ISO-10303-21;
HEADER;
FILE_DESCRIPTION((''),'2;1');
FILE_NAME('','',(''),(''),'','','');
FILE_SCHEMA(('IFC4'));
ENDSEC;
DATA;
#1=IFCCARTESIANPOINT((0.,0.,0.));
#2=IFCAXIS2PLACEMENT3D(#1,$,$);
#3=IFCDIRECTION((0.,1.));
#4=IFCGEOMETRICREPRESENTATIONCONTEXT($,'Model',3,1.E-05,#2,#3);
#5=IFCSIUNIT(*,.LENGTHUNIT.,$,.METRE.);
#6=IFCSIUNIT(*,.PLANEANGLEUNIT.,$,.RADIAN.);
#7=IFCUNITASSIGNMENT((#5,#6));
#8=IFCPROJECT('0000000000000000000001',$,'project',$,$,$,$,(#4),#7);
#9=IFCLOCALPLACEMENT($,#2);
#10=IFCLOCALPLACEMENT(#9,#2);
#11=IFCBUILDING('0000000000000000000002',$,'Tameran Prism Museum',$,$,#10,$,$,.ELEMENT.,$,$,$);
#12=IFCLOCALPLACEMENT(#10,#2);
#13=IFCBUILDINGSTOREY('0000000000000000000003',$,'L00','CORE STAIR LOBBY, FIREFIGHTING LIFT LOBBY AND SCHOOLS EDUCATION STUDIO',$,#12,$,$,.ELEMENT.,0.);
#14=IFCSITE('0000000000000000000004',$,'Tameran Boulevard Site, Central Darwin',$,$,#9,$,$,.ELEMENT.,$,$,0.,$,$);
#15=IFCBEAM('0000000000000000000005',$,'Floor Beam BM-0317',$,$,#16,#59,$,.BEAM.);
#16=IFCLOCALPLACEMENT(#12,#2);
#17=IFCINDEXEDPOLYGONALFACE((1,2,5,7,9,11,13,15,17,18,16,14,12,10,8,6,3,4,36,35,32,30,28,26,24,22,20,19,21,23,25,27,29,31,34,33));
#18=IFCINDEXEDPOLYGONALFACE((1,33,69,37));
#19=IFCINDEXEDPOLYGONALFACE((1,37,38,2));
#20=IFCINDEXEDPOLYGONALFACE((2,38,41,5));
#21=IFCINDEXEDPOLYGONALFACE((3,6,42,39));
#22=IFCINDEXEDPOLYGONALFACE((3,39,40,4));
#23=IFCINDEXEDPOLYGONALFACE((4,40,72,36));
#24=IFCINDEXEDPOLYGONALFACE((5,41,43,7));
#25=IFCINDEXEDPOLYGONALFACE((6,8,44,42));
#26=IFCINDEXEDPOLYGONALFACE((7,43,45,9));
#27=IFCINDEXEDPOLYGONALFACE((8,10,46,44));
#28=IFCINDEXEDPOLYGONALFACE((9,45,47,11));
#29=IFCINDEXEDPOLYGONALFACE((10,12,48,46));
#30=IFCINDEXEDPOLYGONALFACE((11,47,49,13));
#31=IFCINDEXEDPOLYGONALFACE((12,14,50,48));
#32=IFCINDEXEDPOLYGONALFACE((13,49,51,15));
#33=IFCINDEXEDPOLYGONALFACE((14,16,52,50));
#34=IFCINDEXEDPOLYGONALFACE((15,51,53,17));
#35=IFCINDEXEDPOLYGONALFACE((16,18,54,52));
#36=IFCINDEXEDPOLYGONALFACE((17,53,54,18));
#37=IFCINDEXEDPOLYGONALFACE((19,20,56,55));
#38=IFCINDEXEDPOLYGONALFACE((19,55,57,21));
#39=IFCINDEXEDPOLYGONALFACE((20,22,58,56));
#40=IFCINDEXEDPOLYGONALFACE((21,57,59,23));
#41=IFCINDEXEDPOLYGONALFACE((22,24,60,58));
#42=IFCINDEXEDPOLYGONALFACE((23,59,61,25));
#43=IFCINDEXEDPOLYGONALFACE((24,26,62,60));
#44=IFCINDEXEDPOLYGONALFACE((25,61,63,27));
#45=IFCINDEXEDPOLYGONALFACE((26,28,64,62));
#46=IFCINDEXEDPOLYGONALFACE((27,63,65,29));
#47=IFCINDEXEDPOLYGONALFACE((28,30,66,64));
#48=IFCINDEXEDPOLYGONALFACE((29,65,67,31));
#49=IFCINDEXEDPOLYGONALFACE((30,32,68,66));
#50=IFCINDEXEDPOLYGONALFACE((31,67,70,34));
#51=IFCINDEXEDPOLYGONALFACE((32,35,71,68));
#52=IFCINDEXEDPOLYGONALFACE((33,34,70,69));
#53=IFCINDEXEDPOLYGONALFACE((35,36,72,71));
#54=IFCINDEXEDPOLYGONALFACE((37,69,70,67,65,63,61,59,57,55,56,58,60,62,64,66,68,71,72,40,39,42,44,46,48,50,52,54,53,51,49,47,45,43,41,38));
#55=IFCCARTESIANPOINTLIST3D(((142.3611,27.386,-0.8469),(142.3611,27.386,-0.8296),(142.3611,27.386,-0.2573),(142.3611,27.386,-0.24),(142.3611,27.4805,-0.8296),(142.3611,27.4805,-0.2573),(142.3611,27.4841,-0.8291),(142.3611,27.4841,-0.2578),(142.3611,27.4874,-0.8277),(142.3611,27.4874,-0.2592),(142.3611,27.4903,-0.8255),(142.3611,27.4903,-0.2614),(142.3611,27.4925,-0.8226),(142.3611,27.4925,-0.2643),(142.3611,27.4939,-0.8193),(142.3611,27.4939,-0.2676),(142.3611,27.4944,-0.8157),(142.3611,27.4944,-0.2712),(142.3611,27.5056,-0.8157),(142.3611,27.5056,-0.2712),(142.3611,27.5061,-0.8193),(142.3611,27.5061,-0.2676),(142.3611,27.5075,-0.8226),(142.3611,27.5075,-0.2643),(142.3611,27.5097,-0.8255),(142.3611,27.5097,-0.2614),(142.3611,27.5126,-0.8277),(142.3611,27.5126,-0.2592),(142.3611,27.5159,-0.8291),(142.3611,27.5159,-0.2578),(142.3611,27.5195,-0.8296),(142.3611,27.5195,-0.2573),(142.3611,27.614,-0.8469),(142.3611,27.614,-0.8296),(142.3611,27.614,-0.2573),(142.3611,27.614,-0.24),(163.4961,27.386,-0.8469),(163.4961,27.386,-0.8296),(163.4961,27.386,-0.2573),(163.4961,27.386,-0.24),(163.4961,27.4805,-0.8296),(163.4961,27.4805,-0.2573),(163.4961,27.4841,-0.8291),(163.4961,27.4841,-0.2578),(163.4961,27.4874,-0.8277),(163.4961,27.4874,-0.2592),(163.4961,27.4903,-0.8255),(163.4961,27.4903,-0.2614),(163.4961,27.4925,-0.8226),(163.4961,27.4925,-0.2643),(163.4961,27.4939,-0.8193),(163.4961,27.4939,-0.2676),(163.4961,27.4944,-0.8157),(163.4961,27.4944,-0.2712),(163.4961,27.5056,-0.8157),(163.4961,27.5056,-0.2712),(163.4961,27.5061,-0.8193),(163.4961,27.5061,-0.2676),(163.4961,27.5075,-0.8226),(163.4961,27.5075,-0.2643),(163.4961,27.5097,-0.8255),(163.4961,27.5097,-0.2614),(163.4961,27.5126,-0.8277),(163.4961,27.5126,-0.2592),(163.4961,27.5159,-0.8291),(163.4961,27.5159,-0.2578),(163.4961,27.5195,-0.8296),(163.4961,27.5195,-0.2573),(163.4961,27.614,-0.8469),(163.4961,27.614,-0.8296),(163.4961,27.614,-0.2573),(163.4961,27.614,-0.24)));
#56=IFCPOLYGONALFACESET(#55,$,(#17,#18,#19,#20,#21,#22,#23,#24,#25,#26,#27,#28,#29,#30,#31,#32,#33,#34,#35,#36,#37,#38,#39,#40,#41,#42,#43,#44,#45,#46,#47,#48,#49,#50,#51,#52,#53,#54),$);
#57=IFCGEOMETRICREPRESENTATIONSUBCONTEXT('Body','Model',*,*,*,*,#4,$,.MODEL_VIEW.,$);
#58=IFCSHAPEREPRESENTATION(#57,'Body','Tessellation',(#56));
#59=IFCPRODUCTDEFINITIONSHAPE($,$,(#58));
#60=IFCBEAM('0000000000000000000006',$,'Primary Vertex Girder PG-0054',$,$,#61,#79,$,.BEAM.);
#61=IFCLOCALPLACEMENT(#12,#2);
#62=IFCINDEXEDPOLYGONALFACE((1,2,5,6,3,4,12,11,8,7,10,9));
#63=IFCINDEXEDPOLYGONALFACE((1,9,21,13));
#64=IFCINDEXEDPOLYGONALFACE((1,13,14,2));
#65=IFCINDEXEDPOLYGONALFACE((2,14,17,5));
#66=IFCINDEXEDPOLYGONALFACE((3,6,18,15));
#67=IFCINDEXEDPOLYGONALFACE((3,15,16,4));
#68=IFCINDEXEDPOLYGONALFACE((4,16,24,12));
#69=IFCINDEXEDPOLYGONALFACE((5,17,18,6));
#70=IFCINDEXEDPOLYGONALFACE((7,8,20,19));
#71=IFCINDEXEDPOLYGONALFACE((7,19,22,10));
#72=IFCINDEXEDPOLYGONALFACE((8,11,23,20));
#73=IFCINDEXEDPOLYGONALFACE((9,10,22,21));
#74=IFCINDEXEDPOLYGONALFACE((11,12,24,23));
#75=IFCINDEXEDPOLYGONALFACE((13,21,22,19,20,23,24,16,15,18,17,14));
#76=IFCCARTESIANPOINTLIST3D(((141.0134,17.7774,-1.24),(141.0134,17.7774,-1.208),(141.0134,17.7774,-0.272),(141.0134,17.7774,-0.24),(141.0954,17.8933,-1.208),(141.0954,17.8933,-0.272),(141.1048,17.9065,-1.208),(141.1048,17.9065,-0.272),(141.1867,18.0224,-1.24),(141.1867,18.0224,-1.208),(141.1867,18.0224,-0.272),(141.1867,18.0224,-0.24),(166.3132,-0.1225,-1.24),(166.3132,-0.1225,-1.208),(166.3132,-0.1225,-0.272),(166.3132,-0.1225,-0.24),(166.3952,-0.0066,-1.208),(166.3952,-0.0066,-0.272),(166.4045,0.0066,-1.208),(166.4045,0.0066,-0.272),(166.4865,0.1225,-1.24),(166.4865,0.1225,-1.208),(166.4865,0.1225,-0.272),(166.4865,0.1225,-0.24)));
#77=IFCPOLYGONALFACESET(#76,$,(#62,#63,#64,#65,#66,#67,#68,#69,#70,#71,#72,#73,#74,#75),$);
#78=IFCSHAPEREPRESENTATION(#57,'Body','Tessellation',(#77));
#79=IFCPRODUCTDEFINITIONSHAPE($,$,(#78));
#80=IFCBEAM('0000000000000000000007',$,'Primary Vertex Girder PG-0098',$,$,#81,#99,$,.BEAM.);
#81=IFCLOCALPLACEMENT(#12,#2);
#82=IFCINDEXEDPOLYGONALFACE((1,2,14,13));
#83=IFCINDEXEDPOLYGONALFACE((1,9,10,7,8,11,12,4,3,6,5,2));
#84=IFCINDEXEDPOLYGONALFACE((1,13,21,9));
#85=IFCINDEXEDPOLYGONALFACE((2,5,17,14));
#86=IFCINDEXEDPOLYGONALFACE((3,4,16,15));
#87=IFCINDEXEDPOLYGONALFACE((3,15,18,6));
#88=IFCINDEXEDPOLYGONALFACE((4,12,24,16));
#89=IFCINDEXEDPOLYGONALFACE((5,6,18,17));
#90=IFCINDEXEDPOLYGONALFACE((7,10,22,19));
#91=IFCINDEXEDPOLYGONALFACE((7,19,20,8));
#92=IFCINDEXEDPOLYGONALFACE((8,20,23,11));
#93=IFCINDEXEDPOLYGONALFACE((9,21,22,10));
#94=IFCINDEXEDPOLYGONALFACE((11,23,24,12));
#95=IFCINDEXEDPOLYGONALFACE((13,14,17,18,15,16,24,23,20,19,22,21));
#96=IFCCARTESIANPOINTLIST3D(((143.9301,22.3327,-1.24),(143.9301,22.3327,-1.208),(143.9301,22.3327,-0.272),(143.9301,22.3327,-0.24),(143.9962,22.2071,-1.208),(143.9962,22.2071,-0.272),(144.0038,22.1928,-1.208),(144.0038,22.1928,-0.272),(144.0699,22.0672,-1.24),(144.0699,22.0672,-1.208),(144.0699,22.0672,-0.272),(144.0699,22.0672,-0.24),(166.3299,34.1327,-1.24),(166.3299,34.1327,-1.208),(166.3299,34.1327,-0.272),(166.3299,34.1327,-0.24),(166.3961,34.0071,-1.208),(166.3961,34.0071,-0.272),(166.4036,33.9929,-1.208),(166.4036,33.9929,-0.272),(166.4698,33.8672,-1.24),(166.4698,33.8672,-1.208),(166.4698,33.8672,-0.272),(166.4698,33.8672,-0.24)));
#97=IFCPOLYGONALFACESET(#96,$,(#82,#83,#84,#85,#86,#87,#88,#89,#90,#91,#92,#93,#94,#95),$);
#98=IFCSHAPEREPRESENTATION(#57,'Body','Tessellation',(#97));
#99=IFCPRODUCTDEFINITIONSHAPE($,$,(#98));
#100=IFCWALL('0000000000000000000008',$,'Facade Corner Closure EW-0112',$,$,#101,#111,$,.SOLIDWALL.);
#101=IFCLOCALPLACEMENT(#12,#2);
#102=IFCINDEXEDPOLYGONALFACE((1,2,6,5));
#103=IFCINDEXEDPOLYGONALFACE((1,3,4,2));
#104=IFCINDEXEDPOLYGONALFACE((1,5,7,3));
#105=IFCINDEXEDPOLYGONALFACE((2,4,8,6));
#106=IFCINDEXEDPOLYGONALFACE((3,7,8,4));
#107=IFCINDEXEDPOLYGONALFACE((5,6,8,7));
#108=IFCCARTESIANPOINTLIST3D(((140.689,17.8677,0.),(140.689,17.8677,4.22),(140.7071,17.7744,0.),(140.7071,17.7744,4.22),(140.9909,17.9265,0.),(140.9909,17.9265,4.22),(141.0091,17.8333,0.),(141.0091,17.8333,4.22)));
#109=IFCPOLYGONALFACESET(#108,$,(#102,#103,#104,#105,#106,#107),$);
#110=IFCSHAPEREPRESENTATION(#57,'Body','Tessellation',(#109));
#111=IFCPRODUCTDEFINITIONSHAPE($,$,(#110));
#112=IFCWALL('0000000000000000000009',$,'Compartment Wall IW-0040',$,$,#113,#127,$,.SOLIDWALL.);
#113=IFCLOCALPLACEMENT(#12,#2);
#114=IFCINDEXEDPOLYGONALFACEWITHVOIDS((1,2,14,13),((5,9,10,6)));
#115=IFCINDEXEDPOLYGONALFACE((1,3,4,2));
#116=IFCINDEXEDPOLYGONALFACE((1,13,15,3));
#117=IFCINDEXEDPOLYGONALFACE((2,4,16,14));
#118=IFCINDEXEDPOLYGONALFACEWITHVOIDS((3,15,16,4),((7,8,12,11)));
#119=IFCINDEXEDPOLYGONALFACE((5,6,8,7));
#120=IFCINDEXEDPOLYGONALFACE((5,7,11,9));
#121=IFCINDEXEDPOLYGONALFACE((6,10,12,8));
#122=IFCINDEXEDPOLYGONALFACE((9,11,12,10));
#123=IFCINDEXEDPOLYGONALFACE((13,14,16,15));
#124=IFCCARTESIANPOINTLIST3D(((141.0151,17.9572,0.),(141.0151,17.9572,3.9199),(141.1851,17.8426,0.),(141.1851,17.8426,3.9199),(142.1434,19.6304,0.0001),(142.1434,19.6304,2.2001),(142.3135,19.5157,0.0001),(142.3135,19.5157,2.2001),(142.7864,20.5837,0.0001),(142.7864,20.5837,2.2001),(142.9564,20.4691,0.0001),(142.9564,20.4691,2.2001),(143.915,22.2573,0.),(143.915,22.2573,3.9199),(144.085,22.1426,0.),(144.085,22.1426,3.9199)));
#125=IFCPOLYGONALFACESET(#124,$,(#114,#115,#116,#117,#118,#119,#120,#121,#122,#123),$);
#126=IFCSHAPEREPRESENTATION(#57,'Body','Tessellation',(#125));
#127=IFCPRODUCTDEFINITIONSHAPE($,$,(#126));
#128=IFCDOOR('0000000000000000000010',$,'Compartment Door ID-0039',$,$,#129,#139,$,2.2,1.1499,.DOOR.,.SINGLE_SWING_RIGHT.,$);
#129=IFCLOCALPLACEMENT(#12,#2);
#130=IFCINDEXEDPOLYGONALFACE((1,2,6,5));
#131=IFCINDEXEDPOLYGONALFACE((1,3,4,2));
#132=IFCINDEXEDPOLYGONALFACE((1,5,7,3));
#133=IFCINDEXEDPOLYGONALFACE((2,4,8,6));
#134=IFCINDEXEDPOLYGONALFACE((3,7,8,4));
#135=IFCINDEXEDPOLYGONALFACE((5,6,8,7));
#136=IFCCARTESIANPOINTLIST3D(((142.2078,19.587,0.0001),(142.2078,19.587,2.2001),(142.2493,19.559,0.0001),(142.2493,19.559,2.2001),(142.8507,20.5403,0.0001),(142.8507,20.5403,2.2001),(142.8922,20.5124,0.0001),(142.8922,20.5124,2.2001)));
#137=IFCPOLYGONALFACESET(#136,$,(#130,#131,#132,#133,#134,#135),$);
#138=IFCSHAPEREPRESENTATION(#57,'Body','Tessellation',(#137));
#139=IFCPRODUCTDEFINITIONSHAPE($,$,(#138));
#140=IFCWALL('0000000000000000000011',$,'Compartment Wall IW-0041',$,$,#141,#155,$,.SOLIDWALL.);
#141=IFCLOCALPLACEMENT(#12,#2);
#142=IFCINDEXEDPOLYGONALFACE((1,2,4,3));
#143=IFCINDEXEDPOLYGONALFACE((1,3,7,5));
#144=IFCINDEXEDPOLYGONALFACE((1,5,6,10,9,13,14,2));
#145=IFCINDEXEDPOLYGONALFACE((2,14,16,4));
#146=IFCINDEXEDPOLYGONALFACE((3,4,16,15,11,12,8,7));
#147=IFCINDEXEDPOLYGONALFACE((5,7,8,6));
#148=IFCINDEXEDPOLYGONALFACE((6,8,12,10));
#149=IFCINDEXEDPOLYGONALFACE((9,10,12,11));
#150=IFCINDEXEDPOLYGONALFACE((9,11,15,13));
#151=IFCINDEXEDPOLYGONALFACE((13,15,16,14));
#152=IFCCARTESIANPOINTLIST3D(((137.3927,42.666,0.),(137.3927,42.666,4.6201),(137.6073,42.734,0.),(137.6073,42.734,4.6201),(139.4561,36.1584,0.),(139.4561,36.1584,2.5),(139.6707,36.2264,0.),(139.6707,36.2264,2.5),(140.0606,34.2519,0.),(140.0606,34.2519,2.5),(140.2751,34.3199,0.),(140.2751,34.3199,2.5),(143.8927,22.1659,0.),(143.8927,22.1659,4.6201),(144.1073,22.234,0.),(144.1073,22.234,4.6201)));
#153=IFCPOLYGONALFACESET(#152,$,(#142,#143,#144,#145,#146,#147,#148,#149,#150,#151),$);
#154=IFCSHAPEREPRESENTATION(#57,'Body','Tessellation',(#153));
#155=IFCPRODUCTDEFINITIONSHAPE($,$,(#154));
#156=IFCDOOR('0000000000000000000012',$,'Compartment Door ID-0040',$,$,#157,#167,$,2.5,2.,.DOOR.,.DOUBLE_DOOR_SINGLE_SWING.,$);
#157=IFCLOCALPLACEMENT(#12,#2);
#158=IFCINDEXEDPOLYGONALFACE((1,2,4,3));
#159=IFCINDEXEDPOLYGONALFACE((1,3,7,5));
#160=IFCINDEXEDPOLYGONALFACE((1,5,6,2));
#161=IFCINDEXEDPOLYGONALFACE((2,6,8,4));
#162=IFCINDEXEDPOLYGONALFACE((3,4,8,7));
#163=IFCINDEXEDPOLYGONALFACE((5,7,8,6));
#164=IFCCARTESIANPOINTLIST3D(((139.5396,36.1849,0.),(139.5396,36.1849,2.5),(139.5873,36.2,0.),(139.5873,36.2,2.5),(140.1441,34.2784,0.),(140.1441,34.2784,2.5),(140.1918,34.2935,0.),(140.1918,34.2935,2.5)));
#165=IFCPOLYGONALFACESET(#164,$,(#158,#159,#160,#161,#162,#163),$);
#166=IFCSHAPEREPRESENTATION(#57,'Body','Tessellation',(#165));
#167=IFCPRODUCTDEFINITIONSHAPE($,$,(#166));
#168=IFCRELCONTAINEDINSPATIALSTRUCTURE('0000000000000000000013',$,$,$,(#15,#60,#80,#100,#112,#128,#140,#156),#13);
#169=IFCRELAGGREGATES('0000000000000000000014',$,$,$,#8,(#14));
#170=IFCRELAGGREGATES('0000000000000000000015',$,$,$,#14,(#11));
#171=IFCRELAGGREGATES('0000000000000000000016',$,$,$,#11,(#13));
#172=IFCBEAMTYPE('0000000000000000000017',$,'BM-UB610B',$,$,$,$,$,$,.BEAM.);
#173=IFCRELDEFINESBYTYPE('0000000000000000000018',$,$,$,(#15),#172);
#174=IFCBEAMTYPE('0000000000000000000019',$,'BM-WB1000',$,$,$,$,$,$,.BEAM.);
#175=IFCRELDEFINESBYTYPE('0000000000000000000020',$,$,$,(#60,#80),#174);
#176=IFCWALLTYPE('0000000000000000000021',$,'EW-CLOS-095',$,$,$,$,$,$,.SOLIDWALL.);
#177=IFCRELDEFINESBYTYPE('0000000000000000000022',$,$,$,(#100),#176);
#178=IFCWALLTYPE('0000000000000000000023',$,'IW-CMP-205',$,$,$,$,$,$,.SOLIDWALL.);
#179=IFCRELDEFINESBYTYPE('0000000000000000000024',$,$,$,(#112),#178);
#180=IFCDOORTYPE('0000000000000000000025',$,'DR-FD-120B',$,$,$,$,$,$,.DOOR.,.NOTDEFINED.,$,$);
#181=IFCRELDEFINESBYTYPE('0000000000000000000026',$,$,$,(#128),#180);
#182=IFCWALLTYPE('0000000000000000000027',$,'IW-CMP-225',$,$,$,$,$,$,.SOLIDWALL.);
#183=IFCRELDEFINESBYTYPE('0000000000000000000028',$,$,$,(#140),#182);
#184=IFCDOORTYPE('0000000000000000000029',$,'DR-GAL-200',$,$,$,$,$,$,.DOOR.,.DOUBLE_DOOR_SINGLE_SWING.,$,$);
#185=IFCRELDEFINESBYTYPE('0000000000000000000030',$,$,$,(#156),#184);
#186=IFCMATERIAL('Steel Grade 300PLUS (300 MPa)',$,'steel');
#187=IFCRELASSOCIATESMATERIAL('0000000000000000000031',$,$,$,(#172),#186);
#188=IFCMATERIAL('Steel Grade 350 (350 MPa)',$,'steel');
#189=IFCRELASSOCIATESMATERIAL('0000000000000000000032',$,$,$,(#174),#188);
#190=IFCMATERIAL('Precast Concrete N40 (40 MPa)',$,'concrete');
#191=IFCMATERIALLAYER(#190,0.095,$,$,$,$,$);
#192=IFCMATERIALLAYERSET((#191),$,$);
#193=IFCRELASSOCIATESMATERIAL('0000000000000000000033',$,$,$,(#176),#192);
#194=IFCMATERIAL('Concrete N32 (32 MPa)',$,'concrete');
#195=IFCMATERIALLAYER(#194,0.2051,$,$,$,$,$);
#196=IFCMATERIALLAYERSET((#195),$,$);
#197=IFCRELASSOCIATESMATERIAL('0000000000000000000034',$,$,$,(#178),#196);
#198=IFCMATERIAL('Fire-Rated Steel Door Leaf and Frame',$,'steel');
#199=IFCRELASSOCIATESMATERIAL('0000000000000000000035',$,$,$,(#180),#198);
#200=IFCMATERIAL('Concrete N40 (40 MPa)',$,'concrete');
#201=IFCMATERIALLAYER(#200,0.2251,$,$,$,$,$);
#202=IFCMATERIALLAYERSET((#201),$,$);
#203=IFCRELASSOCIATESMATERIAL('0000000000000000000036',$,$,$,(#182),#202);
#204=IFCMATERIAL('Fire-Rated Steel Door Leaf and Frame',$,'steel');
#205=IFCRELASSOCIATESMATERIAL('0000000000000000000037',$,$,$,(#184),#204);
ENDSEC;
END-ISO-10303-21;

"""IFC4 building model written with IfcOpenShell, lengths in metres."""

from ifc_helpers import new_model, si_unit, direction, frame, frame_2d, origin, origin_2d, place, context, subcontext, project, spatial, rectangle, i_section, extrude, material, layer, layer_set, material_profile, profile_set, type_object, element, fill, save


model = new_model("IFC4")

# Units and contexts
model_context = context("Model", 3, precision=1e-05, world=origin(), true_north=direction((0.0, 1.0)))
body_context = subcontext(model_context, "Body", "Model", "MODEL_VIEW")
ifc_project = project(units=[si_unit("LENGTHUNIT", "METRE"), si_unit("PLANEANGLEUNIT", "RADIAN")], contexts=[model_context])

# Site, building, storey
site_placement = place(None, origin())
site = spatial("IfcSite", under=ifc_project, at=site_placement, Name="Tameran Boulevard Site, Central Darwin", CompositionType="ELEMENT", RefElevation=0.0)
building_placement = place(site_placement, origin())
building = spatial("IfcBuilding", under=site, at=building_placement, Name="Tameran Prism Museum", CompositionType="ELEMENT")
storey_placement = place(building_placement, origin())
storey = spatial("IfcBuildingStorey", under=building, at=storey_placement, Name="L00", Description="CORE STAIR LOBBY, FIREFIGHTING LIFT LOBBY AND SCHOOLS EDUCATION STUDIO", CompositionType="ELEMENT", Elevation=0.0)

# Beams
ifc_material_1 = material(Name="Steel Grade 300PLUS (300 MPa)", Category="steel")
ifc_material_profile_1 = material_profile(ifc_material_1, i_section(OverallWidth=0.228, OverallDepth=0.6069, WebThickness=0.0112, FlangeThickness=0.0173, FilletRadius=0.0139, at=origin_2d()))
ifc_profile_set_1 = profile_set([ifc_material_profile_1])
beam_type_1 = type_object("IfcBeamType", Name="BM-UB610B", PredefinedType="BEAM", material=ifc_profile_set_1)
beam_1_placement = place(storey_placement, frame((142.3611, 27.5, -0.5435), z_axis=(1.0, 0.0, 0.0), x_axis=(0.0, 1.0, 0.0)))
element("IfcBeam", 1, at=beam_1_placement, inside=storey, type_object=beam_type_1, Name="Floor Beam BM-0317", PredefinedType="BEAM", context=body_context, shape_type="SweptSolid", body=[
    extrude(i_section(OverallWidth=0.228, OverallDepth=0.6069, WebThickness=0.0112, FlangeThickness=0.0173, FilletRadius=0.0139, at=origin_2d()), origin(), (0.0, 0.0, 1.0), 21.135),
])
ifc_material_2 = material(Name="Steel Grade 350 (350 MPa)", Category="steel")
ifc_material_profile_2 = material_profile(ifc_material_2, i_section(OverallWidth=0.3, OverallDepth=1.0, WebThickness=0.0161, FlangeThickness=0.032, at=origin_2d()))
ifc_profile_set_2 = profile_set([ifc_material_profile_2])
beam_type_2 = type_object("IfcBeamType", Name="BM-WB1000", PredefinedType="BEAM", material=ifc_profile_set_2)
beam_2_placement = place(storey_placement, frame((141.1001, 17.8999, -0.74), z_axis=(0.816341, -0.57757, 0.0), x_axis=(0.57757, 0.816341, 0.0)))
element("IfcBeam", 2, at=beam_2_placement, inside=storey, type_object=beam_type_2, Name="Primary Vertex Girder PG-0054", PredefinedType="BEAM", context=body_context, shape_type="SweptSolid", body=[
    extrude(i_section(OverallWidth=0.3, OverallDepth=1.0, WebThickness=0.0161, FlangeThickness=0.032, at=origin_2d()), origin(), (0.0, 0.0, 1.0), 30.9917),
])
beam_3_placement = place(storey_placement, frame((144.0, 22.2, -0.74), z_axis=(0.884745, 0.466075, 0.0), x_axis=(-0.466075, 0.884745, 0.0)))
element("IfcBeam", 3, at=beam_3_placement, inside=storey, type_object=beam_type_2, Name="Primary Vertex Girder PG-0098", PredefinedType="BEAM", context=body_context, shape_type="SweptSolid", body=[
    extrude(i_section(OverallWidth=0.3, OverallDepth=1.0, WebThickness=0.0161, FlangeThickness=0.032, at=origin_2d()), origin(), (0.0, 0.0, 1.0), 25.3179),
])

# Wall
ifc_material_3 = material(Name="Precast Concrete N40 (40 MPa)", Category="concrete")
ifc_layer_1 = layer(ifc_material_3, 0.095)
ifc_layer_set_1 = layer_set([ifc_layer_1])
wall_type_1 = type_object("IfcWallType", Name="EW-CLOS-095", PredefinedType="SOLIDWALL", material=ifc_layer_set_1)
wall_1_placement = place(storey_placement, frame((141.0, 17.8799, 0.0), z_axis=(0.0, 0.0, 1.0), x_axis=(-0.981545, -0.191231, 0.0)))
element("IfcWall", 4, at=wall_1_placement, inside=storey, type_object=wall_type_1, Name="Facade Corner Closure EW-0112", PredefinedType="SOLIDWALL", context=body_context, shape_type="SweptSolid", body=[
    extrude(rectangle(XDim=0.3076, YDim=0.095, at=frame_2d((0.1538, 0.0))), origin(), (0.0, 0.0, 1.0), 4.22),
])

# Walls, openings, doors
ifc_material_4 = material(Name="Concrete N32 (32 MPa)", Category="concrete")
ifc_layer_2 = layer(ifc_material_4, 0.2051)
ifc_layer_set_2 = layer_set([ifc_layer_2])
wall_type_2 = type_object("IfcWallType", Name="IW-CMP-205", PredefinedType="SOLIDWALL", material=ifc_layer_set_2)
wall_2_placement = place(storey_placement, frame((141.1001, 17.8999, 0.0), z_axis=(0.0, 0.0, 1.0), x_axis=(0.559124, 0.829084, 0.0)))
wall_2 = element("IfcWall", 5, at=wall_2_placement, inside=storey, type_object=wall_type_2, Name="Compartment Wall IW-0040", PredefinedType="SOLIDWALL", context=body_context, shape_type="SweptSolid", body=[
    extrude(rectangle(XDim=5.1865, YDim=0.2051, at=frame_2d((2.5933, 0.0))), origin(), (0.0, 0.0, 1.0), 3.9199),
])
opening_1_placement = place(wall_2_placement, frame((2.0181, 0.0, 0.0)))
opening_1 = element("IfcOpeningElement", 6, at=opening_1_placement, cuts=wall_2, PredefinedType="OPENING", context=body_context, shape_type="SweptSolid", body=[
    extrude(rectangle(XDim=1.1499, YDim=2.2, at=frame_2d((0.575, 1.1001))), frame((0.0, 0.1125, 0.0), z_axis=(0.0, -1.0, 0.0), x_axis=(1.0, 0.0, 0.0)), (0.0, 0.0, 1.0), 0.2251),
])
ifc_material_5 = material(Name="Fire-Rated Steel Door Leaf and Frame", Category="steel")
door_type_1 = type_object("IfcDoorType", Name="DR-FD-120B", OperationType="NOTDEFINED", PredefinedType="DOOR", material=ifc_material_5)
door_1_placement = place(opening_1_placement, origin())
door_1 = element("IfcDoor", 7, at=door_1_placement, inside=storey, type_object=door_type_1, Name="Compartment Door ID-0039", OperationType="SINGLE_SWING_RIGHT", OverallHeight=2.2, OverallWidth=1.1499, PredefinedType="DOOR", context=body_context, shape_type="SweptSolid", body=[
    extrude(rectangle(XDim=1.1499, YDim=2.2, at=frame_2d((0.575, 1.1001))), frame((0.0, 0.0249, 0.0), z_axis=(0.0, -1.0, 0.0), x_axis=(1.0, 0.0, 0.0)), (0.0, 0.0, 1.0), 0.05),
])
fill(opening_1, door_1)
ifc_material_6 = material(Name="Concrete N40 (40 MPa)", Category="concrete")
ifc_layer_3 = layer(ifc_material_6, 0.2251)
ifc_layer_set_3 = layer_set([ifc_layer_3])
wall_type_3 = type_object("IfcWallType", Name="IW-CMP-225", PredefinedType="SOLIDWALL", material=ifc_layer_set_3)
wall_3_placement = place(storey_placement, frame((144.0, 22.2, 0.0), z_axis=(0.0, 0.0, 1.0), x_axis=(-0.302244, 0.953231, 0.0)))
wall_3 = element("IfcWall", 8, at=wall_3_placement, inside=storey, type_object=wall_type_3, Name="Compartment Wall IW-0041", PredefinedType="SOLIDWALL", context=body_context, shape_type="SweptSolid", body=[
    extrude(rectangle(XDim=21.5059, YDim=0.2251, at=frame_2d((10.7529, 0.0))), origin(), (0.0, 0.0, 1.0), 4.6201),
])
opening_2_placement = place(wall_3_placement, frame((12.679, 0.0, 0.0)))
opening_2 = element("IfcOpeningElement", 9, at=opening_2_placement, cuts=wall_3, PredefinedType="OPENING", context=body_context, shape_type="SweptSolid", body=[
    extrude(rectangle(XDim=2.0, YDim=2.5, at=frame_2d((1.0, 1.25))), frame((0.0, 0.1226, 0.0), z_axis=(0.0, -1.0, 0.0), x_axis=(1.0, 0.0, 0.0)), (0.0, 0.0, 1.0), 0.2451),
])
ifc_material_7 = material(Name="Fire-Rated Steel Door Leaf and Frame", Category="steel")
door_type_2 = type_object("IfcDoorType", Name="DR-GAL-200", OperationType="DOUBLE_DOOR_SINGLE_SWING", PredefinedType="DOOR", material=ifc_material_7)
door_2_placement = place(opening_2_placement, origin())
door_2 = element("IfcDoor", 10, at=door_2_placement, inside=storey, type_object=door_type_2, Name="Compartment Door ID-0040", OperationType="DOUBLE_DOOR_SINGLE_SWING", OverallHeight=2.5, OverallWidth=2.0, PredefinedType="DOOR", context=body_context, shape_type="SweptSolid", body=[
    extrude(rectangle(XDim=2.0, YDim=2.5, at=frame_2d((1.0, 1.25))), frame((0.0, 0.0249, 0.0), z_axis=(0.0, -1.0, 0.0), x_axis=(1.0, 0.0, 0.0)), (0.0, 0.0, 1.0), 0.05),
])
fill(opening_2, door_2)

save(model, "model.ifc")
